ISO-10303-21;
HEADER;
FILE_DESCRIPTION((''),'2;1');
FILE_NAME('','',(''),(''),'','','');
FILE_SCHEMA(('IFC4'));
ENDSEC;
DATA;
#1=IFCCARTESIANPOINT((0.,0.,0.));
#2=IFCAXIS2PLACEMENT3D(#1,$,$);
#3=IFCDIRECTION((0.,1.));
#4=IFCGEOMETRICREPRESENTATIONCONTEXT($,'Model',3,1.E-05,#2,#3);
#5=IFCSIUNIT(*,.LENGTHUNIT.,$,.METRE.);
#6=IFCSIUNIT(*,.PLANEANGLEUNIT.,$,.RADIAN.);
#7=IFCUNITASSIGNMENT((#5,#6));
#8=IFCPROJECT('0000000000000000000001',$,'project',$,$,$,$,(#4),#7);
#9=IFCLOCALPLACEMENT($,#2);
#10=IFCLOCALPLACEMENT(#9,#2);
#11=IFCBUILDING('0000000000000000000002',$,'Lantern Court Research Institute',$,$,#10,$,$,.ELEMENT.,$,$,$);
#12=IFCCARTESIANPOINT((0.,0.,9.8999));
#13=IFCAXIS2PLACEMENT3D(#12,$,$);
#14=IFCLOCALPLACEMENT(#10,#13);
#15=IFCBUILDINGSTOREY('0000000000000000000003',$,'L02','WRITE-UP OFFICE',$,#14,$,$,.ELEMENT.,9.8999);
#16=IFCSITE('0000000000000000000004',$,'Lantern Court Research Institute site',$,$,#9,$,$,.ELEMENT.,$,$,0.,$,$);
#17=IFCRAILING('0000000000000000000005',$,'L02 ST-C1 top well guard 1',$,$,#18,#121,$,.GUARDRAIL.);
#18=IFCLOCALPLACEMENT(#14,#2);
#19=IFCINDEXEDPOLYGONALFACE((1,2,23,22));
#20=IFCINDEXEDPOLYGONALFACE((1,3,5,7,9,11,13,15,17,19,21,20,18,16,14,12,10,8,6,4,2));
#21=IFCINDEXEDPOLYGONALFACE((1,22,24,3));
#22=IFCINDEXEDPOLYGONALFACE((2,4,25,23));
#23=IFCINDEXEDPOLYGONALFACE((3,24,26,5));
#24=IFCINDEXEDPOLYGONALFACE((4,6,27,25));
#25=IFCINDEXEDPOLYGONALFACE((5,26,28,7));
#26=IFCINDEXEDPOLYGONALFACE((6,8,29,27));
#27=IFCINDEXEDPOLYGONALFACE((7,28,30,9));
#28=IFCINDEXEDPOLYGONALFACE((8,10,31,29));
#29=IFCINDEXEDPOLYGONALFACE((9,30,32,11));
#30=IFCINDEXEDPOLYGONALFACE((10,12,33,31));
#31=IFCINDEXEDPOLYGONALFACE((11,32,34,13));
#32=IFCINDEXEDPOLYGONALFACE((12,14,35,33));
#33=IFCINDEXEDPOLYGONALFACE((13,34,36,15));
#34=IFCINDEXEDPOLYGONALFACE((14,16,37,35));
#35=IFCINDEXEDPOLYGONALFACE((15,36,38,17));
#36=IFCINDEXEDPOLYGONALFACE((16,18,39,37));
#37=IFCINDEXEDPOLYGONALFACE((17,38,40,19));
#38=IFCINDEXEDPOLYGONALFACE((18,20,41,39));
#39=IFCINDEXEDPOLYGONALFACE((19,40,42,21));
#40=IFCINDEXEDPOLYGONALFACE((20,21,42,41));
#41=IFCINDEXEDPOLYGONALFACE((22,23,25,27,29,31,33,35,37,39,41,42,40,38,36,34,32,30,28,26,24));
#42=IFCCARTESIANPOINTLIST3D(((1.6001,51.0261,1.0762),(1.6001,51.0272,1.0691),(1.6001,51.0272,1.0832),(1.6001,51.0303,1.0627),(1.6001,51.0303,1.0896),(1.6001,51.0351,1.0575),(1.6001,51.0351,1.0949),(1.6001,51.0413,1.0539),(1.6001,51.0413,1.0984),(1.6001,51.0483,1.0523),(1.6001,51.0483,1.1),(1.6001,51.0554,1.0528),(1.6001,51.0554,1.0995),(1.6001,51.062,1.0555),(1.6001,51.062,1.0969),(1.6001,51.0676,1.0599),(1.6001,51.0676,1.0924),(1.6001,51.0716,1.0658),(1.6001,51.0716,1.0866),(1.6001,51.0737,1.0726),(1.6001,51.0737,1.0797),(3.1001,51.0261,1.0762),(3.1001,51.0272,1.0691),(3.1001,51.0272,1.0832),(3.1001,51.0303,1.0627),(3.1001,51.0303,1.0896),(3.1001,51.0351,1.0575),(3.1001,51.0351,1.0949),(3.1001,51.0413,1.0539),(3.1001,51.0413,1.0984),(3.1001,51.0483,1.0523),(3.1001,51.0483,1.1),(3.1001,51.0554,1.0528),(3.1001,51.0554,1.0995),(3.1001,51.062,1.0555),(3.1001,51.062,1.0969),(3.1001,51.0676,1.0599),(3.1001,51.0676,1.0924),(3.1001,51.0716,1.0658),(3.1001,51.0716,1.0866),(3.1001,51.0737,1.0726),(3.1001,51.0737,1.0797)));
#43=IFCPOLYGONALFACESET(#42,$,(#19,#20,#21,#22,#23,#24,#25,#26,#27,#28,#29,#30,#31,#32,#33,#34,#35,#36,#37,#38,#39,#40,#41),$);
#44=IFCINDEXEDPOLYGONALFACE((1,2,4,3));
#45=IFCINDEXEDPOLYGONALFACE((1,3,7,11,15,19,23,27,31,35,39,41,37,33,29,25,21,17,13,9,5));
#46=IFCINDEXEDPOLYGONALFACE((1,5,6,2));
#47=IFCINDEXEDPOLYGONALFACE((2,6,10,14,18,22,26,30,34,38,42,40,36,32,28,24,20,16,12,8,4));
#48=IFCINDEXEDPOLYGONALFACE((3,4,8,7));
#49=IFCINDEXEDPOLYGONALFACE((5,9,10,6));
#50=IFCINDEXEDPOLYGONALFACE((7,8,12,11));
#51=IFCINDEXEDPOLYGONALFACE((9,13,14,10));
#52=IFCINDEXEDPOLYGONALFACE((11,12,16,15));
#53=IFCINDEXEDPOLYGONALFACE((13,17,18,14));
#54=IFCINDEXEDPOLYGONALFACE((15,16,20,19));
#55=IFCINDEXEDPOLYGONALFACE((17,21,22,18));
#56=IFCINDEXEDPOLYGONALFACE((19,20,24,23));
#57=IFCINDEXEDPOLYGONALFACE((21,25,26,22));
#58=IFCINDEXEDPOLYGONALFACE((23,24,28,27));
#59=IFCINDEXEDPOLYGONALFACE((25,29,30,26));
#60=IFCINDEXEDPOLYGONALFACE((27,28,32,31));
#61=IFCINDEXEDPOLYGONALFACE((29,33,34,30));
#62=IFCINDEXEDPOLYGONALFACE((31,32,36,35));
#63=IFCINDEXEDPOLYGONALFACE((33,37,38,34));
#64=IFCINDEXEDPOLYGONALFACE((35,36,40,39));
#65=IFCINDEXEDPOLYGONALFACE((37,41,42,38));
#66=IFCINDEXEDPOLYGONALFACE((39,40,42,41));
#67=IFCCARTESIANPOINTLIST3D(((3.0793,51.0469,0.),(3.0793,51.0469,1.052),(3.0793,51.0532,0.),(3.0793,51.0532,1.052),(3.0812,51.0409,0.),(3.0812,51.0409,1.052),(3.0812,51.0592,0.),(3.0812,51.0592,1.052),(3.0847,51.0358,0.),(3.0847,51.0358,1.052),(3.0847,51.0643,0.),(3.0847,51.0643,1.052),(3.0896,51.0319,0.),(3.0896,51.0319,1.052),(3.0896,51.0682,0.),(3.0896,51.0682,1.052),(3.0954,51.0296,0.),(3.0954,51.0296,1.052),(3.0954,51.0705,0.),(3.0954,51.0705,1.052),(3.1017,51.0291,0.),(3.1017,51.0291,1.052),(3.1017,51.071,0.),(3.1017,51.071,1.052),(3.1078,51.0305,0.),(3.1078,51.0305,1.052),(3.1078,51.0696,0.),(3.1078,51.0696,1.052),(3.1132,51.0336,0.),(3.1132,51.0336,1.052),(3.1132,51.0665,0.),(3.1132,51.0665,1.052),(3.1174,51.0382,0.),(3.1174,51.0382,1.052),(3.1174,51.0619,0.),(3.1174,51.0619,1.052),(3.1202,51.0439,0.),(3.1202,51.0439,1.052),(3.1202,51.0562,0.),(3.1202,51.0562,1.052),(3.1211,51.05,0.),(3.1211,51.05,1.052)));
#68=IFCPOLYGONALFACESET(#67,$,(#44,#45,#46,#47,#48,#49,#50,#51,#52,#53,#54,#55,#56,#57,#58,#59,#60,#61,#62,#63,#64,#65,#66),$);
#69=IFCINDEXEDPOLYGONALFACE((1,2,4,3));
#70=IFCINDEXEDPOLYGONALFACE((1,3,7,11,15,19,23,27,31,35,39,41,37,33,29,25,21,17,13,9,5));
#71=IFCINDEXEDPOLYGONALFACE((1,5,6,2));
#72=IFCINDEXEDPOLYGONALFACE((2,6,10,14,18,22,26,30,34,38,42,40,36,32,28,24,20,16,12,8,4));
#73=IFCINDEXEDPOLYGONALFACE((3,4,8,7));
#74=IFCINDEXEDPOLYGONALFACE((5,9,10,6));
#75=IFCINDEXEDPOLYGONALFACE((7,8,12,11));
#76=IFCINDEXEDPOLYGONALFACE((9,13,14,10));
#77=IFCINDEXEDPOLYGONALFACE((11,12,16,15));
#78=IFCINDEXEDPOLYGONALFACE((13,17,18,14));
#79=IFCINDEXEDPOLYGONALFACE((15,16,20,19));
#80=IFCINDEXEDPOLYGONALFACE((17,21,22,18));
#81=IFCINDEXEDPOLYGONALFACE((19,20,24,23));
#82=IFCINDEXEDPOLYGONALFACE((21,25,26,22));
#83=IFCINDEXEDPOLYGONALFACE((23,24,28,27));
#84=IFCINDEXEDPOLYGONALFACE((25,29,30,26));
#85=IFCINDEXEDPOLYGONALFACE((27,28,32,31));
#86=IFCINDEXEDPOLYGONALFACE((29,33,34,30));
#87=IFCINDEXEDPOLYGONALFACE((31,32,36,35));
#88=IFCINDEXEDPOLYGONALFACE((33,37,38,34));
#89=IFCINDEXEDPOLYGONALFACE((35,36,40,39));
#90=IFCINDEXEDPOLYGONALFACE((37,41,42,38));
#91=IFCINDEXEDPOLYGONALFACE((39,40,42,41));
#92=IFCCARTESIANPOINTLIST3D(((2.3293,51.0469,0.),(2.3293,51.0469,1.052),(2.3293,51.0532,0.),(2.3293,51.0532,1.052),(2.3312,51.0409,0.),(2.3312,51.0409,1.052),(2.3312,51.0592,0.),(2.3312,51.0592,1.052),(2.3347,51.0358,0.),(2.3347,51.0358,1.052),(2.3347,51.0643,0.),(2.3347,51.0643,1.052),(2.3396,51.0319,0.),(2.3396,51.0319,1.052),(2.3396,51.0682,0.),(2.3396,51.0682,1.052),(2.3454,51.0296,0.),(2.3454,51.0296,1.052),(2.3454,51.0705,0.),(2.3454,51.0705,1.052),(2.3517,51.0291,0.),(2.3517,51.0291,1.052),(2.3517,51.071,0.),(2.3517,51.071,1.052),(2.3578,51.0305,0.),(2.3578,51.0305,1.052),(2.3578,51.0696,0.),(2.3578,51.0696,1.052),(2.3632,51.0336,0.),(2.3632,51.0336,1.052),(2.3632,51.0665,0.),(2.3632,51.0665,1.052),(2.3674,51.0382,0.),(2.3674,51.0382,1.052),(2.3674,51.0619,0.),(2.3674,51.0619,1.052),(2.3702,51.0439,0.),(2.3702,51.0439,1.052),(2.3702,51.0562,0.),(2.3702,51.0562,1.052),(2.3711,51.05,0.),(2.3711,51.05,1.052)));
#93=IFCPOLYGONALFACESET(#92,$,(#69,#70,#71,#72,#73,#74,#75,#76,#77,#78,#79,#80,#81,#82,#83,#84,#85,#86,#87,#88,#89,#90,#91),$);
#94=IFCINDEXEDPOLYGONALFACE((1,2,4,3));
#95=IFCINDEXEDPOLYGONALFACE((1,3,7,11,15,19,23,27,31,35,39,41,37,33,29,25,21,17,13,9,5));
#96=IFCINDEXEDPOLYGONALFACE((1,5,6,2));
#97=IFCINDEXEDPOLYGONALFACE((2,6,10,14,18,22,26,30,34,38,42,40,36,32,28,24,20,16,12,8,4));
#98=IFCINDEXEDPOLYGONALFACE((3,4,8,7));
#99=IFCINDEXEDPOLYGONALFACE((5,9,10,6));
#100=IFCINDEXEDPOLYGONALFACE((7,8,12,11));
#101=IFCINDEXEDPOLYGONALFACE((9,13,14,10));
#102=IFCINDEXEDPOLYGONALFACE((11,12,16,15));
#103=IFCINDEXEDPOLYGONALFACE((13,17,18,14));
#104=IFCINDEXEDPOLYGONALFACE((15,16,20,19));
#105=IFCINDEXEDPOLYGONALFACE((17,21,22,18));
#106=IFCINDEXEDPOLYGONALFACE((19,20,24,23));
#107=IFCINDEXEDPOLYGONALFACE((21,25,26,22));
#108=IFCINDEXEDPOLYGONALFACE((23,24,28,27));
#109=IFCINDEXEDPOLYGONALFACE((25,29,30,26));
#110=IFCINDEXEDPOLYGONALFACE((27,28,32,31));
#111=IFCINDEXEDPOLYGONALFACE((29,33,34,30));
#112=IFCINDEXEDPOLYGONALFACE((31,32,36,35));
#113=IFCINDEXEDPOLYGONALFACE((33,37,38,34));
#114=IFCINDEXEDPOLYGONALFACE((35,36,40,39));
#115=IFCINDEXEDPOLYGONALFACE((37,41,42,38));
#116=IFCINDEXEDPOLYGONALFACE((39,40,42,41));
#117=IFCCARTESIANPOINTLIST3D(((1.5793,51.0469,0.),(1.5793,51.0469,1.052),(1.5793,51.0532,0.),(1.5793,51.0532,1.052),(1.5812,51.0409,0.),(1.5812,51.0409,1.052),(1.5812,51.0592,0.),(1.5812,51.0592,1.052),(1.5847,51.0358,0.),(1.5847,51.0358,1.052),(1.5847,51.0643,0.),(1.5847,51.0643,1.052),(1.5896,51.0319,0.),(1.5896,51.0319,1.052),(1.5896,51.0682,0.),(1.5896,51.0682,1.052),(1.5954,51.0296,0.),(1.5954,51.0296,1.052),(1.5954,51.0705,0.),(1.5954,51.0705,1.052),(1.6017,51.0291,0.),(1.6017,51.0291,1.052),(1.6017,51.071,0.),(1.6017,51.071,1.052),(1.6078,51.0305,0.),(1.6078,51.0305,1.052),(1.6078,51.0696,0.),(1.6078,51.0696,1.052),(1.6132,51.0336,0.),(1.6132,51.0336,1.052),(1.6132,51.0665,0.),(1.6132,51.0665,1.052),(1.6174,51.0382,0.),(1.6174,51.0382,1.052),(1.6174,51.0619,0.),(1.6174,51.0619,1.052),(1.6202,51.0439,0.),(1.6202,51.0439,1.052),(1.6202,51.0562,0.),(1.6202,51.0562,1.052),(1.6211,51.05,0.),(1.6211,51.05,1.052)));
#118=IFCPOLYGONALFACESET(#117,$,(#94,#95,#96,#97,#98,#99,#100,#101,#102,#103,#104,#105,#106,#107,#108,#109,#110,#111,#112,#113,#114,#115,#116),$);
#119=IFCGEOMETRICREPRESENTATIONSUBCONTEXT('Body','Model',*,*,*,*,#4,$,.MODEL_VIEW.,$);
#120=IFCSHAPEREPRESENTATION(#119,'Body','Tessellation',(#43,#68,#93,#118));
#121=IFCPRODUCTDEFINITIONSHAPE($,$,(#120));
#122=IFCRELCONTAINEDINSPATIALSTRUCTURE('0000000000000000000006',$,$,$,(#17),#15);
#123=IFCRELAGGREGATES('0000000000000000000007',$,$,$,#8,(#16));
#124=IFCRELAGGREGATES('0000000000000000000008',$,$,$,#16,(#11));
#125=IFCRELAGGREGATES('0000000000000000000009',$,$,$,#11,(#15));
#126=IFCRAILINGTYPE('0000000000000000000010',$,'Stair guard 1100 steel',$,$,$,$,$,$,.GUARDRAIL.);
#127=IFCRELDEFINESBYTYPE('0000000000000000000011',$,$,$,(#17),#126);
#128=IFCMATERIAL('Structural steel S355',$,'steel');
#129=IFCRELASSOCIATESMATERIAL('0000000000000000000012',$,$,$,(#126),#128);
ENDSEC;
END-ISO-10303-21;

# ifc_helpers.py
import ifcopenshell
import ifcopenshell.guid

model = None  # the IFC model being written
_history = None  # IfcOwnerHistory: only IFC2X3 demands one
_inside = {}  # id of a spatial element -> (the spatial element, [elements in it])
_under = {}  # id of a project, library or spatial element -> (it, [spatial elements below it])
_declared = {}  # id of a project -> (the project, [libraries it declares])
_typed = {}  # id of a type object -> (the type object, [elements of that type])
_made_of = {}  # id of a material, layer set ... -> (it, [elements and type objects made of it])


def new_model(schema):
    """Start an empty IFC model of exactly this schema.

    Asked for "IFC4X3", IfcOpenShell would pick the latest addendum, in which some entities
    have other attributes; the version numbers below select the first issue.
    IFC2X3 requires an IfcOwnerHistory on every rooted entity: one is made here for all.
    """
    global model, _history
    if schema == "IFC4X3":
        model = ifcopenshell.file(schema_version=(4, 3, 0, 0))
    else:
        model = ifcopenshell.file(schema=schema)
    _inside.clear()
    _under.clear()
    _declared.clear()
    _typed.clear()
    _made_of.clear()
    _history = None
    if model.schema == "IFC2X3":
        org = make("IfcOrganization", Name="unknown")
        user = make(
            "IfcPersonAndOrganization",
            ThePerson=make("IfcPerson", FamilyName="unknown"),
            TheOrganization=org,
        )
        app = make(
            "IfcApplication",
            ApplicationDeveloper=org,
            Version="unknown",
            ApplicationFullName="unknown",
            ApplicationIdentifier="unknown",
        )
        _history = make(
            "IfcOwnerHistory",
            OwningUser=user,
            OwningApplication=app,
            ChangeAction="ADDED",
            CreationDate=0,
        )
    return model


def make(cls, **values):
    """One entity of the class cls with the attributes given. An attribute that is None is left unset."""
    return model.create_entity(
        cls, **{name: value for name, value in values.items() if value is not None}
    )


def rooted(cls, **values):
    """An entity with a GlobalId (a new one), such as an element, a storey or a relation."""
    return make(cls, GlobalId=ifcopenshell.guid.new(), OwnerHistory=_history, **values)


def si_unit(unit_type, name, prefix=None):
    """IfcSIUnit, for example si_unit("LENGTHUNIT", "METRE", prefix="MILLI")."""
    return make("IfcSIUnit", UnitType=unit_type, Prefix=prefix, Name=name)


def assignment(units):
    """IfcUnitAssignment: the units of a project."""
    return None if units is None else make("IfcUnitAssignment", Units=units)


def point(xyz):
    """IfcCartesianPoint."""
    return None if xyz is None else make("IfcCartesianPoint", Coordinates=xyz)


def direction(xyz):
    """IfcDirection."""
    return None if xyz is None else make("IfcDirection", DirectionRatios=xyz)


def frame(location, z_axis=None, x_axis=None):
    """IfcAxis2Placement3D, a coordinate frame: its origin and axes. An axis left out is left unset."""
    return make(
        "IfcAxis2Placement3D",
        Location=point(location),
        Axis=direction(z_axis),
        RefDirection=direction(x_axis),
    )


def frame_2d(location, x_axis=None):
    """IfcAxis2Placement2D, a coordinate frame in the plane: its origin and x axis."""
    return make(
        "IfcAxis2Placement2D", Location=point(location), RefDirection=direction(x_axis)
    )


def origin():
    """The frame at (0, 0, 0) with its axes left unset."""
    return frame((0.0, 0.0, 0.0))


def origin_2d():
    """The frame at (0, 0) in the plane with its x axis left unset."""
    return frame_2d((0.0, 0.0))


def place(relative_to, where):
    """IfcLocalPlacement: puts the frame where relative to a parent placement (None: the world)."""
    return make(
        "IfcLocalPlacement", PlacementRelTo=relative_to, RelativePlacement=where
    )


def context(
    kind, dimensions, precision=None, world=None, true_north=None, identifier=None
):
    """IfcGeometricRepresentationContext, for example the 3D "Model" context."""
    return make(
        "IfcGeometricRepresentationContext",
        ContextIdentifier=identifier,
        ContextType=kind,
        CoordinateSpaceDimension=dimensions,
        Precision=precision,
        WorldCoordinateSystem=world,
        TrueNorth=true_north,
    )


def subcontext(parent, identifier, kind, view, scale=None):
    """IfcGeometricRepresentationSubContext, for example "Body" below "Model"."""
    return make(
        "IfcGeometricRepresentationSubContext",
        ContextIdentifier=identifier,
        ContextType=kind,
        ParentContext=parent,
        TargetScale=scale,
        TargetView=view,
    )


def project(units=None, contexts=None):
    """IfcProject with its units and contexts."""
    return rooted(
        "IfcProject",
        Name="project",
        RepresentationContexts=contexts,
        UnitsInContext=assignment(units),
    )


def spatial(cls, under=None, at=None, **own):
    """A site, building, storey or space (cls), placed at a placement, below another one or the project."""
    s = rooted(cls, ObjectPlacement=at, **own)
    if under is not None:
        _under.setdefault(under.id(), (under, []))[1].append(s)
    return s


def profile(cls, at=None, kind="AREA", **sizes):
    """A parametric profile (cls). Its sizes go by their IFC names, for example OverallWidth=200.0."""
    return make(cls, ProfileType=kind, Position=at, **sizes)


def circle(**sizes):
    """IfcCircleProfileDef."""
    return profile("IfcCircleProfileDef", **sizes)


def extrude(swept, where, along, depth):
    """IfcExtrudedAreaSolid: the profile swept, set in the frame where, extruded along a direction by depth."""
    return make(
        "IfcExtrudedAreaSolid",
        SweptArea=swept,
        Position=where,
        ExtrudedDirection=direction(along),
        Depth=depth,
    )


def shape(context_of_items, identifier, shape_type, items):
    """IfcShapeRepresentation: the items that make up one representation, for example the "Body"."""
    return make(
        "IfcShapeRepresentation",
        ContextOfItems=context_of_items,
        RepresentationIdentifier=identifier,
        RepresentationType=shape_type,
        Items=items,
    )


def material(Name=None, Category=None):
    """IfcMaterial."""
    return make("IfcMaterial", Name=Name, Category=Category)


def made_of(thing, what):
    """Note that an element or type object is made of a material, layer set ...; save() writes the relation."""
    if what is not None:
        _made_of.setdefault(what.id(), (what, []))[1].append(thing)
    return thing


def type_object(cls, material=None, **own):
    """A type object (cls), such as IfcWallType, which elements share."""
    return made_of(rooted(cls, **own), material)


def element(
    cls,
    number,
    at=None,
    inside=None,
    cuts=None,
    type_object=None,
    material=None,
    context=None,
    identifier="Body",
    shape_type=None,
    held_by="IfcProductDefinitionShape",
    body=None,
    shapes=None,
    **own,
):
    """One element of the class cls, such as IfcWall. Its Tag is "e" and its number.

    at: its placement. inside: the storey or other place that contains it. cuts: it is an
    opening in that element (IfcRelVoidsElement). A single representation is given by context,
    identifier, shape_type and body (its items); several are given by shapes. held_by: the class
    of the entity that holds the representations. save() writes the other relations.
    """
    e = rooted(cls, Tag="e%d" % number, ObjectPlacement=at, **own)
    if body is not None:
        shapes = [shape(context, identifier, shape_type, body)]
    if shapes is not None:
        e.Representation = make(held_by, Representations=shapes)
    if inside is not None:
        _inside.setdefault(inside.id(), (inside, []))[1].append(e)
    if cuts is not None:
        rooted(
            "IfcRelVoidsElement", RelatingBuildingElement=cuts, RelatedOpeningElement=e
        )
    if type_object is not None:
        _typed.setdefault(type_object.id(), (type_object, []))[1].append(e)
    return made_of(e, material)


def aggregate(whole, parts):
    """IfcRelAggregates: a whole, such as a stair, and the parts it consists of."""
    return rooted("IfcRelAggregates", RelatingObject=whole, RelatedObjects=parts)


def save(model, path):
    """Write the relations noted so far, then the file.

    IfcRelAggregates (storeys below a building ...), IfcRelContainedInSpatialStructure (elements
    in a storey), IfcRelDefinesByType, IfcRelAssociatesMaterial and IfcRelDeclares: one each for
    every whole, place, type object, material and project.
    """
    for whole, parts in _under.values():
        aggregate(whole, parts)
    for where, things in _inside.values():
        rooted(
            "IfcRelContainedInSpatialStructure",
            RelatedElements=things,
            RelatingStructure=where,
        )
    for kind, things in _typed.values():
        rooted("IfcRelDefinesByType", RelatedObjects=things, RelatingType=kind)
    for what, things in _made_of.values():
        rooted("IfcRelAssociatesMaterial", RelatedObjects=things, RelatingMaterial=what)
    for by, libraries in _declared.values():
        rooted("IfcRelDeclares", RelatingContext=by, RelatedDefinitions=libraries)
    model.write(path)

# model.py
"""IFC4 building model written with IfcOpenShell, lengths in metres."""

from ifc_helpers import new_model, si_unit, direction, frame, origin, origin_2d, place, context, subcontext, project, spatial, circle, extrude, material, type_object, element, save


model = new_model("IFC4")

# Units and contexts
model_context = context("Model", 3, precision=1e-05, world=origin(), true_north=direction((0.0, 1.0)))
body_context = subcontext(model_context, "Body", "Model", "MODEL_VIEW")
ifc_project = project(units=[si_unit("LENGTHUNIT", "METRE"), si_unit("PLANEANGLEUNIT", "RADIAN")], contexts=[model_context])

# Site, building, storey
site_placement = place(None, origin())
site = spatial("IfcSite", under=ifc_project, at=site_placement, Name="Lantern Court Research Institute site", CompositionType="ELEMENT", RefElevation=0.0)
building_placement = place(site_placement, origin())
building = spatial("IfcBuilding", under=site, at=building_placement, Name="Lantern Court Research Institute", CompositionType="ELEMENT")
storey_placement = place(building_placement, frame((0.0, 0.0, 9.8999)))
storey = spatial("IfcBuildingStorey", under=building, at=storey_placement, Name="L02", Description="WRITE-UP OFFICE", CompositionType="ELEMENT", Elevation=9.8999)

# Railing
ifc_material_1 = material(Name="Structural steel S355", Category="steel")
railing_type = type_object("IfcRailingType", Name="Stair guard 1100 steel", PredefinedType="GUARDRAIL", material=ifc_material_1)
railing_placement = place(storey_placement, frame((3.1001, 51.05, 0.0)))
element("IfcRailing", 1, at=railing_placement, inside=storey, type_object=railing_type, Name="L02 ST-C1 top well guard 1", PredefinedType="GUARDRAIL", context=body_context, shape_type="SweptSolid", body=[
    extrude(circle(Radius=0.0239, at=origin_2d()), frame((0.0, 0.0, 1.0762), z_axis=(-1.0, 0.0, 0.0), x_axis=(0.0, -1.0, 0.0)), (0.0, 0.0, 1.0), 1.5),
    extrude(circle(Radius=0.021, at=origin_2d()), origin(), (0.0, 0.0, 1.0), 1.052),
    extrude(circle(Radius=0.021, at=origin_2d()), frame((-0.75, 0.0, 0.0)), (0.0, 0.0, 1.0), 1.052),
    extrude(circle(Radius=0.021, at=origin_2d()), frame((-1.5, 0.0, 0.0)), (0.0, 0.0, 1.0), 1.052),
])

save(model, "model.ifc")
